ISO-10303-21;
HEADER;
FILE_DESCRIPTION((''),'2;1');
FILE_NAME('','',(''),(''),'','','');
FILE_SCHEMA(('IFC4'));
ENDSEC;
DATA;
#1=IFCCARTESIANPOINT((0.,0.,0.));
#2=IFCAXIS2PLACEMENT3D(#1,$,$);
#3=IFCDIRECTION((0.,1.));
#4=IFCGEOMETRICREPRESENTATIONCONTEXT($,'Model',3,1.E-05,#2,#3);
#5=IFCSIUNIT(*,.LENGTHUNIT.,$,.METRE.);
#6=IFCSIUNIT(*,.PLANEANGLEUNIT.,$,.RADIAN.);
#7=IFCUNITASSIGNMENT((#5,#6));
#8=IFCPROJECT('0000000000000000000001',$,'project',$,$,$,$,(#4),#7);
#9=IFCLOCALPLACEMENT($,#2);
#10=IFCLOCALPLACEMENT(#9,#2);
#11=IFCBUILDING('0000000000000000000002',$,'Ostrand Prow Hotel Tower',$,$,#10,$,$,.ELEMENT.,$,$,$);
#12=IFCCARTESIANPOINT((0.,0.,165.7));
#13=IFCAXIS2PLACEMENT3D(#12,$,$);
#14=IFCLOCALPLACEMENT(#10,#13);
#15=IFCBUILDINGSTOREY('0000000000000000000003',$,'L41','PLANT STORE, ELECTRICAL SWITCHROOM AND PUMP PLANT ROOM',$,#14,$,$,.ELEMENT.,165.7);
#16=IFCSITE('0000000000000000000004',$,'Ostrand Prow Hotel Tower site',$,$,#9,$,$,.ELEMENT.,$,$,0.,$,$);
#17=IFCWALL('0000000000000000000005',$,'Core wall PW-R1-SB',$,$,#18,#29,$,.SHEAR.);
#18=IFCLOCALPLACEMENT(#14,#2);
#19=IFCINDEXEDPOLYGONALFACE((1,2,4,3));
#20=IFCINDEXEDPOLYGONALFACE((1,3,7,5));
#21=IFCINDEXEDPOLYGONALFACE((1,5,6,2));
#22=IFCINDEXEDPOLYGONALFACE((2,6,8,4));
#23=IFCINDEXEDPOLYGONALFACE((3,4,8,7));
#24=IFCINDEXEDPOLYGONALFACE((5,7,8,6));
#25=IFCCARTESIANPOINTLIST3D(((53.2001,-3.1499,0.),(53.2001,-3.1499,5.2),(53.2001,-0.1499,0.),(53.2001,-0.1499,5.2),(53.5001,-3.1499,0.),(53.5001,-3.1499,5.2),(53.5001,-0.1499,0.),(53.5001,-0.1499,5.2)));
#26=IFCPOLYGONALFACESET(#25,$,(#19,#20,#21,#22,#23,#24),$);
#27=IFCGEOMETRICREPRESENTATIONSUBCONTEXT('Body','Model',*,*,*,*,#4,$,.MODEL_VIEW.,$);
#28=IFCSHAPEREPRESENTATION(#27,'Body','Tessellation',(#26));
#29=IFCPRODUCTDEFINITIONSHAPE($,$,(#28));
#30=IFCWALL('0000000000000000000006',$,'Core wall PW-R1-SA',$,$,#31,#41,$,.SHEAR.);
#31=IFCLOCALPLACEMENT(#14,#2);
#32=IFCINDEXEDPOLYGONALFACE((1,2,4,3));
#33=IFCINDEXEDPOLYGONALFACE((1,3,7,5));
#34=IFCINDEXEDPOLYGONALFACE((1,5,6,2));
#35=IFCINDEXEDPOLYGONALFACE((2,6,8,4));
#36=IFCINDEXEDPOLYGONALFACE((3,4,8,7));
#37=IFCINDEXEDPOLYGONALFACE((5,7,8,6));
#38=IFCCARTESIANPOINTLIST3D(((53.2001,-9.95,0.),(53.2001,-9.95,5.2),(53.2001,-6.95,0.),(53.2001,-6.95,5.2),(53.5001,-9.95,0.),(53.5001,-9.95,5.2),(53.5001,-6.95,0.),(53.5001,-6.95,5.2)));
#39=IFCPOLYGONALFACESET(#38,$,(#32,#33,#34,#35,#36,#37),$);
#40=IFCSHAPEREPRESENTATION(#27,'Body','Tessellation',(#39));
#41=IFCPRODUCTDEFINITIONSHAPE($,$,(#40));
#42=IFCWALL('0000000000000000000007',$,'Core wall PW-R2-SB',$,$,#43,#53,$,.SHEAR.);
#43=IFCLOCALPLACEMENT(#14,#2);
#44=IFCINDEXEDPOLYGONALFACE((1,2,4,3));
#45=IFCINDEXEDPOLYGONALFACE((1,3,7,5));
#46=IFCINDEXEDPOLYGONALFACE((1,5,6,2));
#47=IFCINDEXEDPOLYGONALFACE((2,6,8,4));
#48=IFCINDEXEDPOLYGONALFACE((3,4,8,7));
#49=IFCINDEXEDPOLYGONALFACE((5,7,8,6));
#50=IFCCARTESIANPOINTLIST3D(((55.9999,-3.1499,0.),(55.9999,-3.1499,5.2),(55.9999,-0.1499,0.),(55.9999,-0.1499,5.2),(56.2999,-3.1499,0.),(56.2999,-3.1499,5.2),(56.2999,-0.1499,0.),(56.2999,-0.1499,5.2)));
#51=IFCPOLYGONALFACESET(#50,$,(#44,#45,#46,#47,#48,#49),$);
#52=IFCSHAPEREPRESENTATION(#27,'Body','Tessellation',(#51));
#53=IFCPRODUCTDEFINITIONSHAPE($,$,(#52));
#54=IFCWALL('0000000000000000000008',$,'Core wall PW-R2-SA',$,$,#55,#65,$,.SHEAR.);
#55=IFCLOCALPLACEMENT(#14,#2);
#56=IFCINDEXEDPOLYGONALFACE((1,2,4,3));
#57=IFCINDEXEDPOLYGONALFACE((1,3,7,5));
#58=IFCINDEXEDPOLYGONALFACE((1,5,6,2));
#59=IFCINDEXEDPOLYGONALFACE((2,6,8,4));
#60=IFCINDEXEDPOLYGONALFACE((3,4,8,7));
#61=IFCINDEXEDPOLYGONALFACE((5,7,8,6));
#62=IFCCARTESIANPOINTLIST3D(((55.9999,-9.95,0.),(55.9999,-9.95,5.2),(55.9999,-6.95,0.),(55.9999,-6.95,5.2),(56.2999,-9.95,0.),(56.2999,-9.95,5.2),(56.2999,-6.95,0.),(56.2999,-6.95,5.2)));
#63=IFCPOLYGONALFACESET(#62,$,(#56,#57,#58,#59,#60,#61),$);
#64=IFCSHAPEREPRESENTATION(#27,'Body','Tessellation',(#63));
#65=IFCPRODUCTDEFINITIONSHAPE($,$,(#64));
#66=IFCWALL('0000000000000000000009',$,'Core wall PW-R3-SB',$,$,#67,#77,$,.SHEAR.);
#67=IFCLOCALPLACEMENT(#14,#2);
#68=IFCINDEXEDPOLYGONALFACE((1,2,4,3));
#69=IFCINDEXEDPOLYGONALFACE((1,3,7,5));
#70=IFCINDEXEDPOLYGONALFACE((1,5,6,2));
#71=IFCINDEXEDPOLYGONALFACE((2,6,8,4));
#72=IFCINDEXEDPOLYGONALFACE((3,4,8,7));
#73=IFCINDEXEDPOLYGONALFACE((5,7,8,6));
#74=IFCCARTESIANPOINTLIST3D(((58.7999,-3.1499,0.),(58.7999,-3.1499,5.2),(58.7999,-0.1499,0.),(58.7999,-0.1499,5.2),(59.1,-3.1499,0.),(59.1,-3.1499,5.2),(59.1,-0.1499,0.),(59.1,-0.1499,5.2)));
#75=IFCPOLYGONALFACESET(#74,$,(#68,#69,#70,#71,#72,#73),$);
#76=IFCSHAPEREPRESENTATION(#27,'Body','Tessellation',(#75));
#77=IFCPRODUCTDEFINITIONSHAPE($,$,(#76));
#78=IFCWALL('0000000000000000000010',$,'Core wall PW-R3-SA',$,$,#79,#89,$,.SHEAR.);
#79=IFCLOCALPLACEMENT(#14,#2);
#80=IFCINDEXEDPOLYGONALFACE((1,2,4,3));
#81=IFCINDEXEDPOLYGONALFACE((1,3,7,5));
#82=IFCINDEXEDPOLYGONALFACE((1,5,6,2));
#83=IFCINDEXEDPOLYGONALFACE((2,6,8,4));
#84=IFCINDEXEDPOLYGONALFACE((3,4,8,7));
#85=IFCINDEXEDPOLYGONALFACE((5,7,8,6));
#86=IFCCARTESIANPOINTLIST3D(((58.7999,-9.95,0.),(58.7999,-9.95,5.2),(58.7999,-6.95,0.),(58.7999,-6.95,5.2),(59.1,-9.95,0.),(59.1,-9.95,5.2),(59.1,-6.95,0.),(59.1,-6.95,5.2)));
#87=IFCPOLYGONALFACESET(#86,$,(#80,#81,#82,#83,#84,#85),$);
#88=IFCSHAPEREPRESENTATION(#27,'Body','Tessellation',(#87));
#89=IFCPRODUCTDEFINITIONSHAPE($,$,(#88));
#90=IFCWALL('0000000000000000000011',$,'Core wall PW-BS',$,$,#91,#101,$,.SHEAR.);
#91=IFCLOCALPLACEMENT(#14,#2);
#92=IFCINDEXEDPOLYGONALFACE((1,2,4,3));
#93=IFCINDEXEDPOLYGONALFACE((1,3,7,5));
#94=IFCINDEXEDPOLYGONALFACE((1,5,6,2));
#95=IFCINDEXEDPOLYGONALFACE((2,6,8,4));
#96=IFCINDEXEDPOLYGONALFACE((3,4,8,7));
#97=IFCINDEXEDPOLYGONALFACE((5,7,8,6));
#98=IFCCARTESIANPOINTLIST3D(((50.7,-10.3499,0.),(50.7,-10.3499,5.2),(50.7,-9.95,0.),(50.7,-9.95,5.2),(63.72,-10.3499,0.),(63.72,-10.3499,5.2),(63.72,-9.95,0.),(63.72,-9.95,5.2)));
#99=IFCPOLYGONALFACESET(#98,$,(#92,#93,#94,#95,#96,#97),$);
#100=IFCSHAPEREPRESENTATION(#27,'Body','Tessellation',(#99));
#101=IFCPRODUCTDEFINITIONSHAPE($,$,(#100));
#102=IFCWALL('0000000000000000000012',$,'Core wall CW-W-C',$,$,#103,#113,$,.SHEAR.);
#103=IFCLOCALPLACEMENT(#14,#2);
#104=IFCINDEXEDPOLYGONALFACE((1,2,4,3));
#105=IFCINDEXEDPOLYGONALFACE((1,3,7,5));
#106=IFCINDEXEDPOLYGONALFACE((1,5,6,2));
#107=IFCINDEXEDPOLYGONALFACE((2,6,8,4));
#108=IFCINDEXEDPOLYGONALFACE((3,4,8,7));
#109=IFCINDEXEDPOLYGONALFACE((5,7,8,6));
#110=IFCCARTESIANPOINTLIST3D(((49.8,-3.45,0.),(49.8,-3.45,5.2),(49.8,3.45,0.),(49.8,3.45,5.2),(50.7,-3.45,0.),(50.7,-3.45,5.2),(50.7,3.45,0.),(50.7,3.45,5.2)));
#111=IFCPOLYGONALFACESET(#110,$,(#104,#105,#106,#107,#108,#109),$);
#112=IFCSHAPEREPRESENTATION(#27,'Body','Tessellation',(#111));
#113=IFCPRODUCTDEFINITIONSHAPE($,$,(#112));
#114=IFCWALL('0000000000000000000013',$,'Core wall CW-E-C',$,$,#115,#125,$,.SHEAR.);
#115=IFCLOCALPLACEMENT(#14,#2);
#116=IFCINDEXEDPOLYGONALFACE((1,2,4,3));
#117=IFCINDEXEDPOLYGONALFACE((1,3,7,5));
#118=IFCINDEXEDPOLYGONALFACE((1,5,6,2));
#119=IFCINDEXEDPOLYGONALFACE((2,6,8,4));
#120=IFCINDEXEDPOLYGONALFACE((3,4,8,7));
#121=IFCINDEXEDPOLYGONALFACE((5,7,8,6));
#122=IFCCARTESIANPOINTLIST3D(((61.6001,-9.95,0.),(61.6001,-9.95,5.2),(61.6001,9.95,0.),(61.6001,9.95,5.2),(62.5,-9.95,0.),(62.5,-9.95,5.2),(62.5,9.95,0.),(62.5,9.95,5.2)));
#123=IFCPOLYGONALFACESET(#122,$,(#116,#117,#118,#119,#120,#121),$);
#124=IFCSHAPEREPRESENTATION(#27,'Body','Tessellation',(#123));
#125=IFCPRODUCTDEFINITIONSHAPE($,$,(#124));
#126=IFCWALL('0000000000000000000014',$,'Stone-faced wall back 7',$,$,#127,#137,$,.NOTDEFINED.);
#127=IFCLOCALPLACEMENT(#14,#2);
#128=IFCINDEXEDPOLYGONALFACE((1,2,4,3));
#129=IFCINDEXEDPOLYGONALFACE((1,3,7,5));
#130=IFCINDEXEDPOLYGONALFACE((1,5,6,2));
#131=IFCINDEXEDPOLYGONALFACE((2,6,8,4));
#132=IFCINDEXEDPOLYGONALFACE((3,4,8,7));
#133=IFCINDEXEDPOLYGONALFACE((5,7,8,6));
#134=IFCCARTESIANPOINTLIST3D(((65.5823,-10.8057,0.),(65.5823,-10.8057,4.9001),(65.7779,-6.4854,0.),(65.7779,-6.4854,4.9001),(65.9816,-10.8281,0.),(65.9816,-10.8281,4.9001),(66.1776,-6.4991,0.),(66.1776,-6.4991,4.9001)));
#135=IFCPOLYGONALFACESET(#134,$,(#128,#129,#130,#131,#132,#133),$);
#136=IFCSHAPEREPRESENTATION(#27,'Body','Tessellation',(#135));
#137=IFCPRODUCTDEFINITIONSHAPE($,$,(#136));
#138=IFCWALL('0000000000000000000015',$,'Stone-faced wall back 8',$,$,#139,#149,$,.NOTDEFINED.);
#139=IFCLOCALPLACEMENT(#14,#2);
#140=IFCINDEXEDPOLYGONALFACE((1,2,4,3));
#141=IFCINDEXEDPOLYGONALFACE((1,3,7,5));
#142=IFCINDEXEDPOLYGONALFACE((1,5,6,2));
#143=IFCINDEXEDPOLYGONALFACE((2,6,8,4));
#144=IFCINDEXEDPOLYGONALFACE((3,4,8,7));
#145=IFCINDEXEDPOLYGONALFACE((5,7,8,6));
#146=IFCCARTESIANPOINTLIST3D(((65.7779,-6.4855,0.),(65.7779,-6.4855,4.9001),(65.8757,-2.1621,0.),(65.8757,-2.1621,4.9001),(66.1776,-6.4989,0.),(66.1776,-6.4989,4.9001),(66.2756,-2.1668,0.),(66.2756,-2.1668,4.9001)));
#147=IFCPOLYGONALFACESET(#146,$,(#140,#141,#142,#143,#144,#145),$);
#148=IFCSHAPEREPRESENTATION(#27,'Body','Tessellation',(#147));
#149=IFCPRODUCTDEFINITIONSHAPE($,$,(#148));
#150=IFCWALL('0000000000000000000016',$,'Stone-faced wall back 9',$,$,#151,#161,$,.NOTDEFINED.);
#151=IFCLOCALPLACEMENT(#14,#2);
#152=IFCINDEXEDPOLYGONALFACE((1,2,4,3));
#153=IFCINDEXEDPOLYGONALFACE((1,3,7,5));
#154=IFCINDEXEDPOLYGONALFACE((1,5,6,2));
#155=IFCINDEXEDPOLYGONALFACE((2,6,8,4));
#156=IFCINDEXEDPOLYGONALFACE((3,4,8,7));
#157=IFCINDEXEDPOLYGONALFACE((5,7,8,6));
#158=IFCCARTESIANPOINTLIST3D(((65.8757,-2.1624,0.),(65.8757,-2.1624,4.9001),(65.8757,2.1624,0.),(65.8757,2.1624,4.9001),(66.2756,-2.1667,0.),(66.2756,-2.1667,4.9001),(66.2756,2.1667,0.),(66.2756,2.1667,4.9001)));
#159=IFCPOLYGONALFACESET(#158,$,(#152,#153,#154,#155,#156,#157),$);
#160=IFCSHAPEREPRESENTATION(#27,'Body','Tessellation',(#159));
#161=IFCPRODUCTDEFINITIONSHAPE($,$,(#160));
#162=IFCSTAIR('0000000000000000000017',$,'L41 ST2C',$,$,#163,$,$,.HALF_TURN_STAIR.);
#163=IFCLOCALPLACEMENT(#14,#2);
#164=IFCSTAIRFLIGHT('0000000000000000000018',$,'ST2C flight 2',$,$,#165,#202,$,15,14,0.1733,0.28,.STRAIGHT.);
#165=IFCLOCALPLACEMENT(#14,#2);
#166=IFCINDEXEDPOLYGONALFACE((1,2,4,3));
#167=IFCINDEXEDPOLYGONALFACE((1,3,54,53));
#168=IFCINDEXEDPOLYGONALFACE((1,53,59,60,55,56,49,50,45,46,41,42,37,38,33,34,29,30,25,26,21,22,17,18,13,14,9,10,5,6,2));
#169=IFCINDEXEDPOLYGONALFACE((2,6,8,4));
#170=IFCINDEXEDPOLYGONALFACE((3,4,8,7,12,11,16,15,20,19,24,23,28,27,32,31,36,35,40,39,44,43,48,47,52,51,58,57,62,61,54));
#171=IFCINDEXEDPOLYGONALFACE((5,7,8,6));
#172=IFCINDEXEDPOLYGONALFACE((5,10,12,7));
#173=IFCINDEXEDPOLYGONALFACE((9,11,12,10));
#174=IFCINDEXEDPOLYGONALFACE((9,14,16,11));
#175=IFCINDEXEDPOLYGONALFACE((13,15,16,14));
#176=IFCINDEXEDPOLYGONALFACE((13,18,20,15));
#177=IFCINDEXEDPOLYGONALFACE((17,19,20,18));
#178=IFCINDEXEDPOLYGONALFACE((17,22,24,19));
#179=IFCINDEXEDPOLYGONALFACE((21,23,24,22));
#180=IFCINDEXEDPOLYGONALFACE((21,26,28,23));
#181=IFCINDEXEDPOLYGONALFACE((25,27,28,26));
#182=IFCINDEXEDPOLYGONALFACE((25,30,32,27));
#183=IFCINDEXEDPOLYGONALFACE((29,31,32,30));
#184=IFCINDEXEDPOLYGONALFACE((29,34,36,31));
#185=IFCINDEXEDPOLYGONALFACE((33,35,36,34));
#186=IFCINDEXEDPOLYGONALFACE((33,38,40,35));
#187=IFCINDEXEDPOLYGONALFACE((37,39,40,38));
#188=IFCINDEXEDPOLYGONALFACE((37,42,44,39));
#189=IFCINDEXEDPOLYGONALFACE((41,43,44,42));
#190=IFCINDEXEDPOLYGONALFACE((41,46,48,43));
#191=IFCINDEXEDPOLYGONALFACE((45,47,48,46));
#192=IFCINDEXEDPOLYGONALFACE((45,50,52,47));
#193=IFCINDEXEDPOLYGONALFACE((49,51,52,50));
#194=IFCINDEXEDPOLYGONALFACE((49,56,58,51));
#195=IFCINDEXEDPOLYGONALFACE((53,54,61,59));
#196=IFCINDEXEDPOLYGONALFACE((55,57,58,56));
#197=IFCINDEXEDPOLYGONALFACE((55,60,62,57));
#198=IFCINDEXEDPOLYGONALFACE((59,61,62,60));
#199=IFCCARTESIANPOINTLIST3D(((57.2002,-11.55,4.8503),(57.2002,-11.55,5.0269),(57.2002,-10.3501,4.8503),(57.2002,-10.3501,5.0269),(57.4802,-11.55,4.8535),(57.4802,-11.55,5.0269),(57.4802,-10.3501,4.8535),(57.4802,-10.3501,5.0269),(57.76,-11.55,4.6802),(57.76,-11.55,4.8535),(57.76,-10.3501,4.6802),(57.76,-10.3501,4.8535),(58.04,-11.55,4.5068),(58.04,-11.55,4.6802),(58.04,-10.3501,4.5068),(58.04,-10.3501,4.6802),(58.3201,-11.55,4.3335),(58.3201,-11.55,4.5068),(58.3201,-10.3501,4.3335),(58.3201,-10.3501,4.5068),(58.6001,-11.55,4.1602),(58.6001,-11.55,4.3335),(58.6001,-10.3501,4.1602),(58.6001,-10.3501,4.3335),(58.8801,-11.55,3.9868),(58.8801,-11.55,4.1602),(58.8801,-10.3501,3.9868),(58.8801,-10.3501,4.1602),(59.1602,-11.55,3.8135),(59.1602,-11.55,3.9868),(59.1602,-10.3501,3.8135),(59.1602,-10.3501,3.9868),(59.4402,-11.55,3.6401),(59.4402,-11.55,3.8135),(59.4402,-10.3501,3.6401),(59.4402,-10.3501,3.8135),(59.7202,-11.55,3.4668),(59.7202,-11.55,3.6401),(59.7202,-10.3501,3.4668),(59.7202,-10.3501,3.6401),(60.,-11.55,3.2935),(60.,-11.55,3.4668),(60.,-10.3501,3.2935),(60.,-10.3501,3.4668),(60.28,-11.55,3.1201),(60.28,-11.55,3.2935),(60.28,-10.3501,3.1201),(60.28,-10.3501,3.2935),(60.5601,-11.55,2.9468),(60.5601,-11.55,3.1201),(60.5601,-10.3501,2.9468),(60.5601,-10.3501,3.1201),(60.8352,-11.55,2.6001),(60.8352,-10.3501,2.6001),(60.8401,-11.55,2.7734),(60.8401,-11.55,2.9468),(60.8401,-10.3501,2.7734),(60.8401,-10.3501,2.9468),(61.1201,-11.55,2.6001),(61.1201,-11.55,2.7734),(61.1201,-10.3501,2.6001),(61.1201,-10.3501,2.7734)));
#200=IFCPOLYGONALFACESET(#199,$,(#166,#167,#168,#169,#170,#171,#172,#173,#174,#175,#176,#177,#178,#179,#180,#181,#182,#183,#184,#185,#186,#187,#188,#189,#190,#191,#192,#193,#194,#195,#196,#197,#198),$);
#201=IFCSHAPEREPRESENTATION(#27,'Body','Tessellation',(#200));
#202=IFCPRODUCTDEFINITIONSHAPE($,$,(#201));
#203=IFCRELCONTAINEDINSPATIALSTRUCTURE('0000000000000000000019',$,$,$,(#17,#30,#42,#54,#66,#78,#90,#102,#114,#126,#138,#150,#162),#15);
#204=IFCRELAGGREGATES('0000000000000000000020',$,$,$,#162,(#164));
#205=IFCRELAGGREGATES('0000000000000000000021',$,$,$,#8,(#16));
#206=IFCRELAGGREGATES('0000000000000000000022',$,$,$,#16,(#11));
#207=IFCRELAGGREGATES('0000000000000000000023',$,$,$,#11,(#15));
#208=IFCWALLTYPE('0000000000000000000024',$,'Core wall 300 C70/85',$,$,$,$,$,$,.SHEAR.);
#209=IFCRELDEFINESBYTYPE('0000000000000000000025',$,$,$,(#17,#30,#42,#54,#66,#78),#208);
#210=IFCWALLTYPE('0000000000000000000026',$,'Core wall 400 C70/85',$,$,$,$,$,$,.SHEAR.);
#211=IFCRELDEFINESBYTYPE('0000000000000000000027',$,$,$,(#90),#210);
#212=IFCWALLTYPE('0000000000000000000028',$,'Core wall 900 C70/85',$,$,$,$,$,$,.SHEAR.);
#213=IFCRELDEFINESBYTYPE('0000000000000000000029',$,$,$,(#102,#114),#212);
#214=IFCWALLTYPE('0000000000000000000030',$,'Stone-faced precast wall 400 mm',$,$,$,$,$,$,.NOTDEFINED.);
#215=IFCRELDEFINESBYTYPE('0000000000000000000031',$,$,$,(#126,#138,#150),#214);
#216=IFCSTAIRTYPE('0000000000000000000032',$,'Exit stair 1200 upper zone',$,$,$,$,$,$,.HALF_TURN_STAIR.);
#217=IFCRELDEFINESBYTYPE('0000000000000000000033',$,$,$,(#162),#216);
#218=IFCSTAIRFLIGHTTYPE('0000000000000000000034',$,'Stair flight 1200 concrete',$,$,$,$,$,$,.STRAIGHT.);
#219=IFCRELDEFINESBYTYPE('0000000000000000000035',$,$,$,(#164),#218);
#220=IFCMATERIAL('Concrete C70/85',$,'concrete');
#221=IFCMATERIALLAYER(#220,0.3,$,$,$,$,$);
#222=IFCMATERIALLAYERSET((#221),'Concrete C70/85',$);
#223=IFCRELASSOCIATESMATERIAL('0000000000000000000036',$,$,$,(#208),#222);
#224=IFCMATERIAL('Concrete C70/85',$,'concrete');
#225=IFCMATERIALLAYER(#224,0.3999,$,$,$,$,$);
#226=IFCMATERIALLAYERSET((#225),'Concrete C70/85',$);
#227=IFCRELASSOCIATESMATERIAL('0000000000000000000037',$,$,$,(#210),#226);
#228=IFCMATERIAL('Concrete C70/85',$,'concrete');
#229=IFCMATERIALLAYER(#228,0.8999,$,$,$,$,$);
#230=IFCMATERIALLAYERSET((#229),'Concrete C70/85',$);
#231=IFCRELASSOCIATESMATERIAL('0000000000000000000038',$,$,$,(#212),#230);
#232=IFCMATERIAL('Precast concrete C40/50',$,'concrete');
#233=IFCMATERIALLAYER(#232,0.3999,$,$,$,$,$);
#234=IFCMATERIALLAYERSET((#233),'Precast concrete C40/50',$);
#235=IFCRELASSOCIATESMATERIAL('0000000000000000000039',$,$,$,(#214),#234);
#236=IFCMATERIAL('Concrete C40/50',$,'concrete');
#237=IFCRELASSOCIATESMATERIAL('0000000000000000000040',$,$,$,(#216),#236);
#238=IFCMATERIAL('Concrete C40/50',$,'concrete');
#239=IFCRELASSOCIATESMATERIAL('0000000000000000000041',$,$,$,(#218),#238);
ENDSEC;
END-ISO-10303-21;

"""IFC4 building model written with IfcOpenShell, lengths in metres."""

from ifc_helpers import new_model, si_unit, direction, frame, frame_2d, origin, place, context, subcontext, project, spatial, polyline, rectangle, outline, extrude, material, layer, layer_set, type_object, element, aggregate, save


model = new_model("IFC4")

# Units and contexts
model_context = context("Model", 3, precision=1e-05, world=origin(), true_north=direction((0.0, 1.0)))
body_context = subcontext(model_context, "Body", "Model", "MODEL_VIEW")
ifc_project = project(units=[si_unit("LENGTHUNIT", "METRE"), si_unit("PLANEANGLEUNIT", "RADIAN")], contexts=[model_context])

# Site, building, storey
site_placement = place(None, origin())
site = spatial("IfcSite", under=ifc_project, at=site_placement, Name="Ostrand Prow Hotel Tower site", CompositionType="ELEMENT", RefElevation=0.0)
building_placement = place(site_placement, origin())
building = spatial("IfcBuilding", under=site, at=building_placement, Name="Ostrand Prow Hotel Tower", CompositionType="ELEMENT")
storey_placement = place(building_placement, frame((0.0, 0.0, 165.7)))
storey = spatial("IfcBuildingStorey", under=building, at=storey_placement, Name="L41", Description="PLANT STORE, ELECTRICAL SWITCHROOM AND PUMP PLANT ROOM", CompositionType="ELEMENT", Elevation=165.7)

# Shared definitions
ifc_material_1 = material(Name="Concrete C70/85", Category="concrete")
ifc_layer_1 = layer(ifc_material_1, 0.3)
ifc_layer_set_1 = layer_set([ifc_layer_1], Name="Concrete C70/85")
wall_type_1 = type_object("IfcWallType", Name="Core wall 300 C70/85", PredefinedType="SHEAR", material=ifc_layer_set_1)

# Walls
for number, where, z_axis, x_axis, name in (
    (1, (53.3501, -3.1499, 0.0), (0.0, 0.0, 1.0), (0.0, 1.0, 0.0), "Core wall PW-R1-SB"),
    (2, (53.3501, -9.95, 0.0), (0.0, 0.0, 1.0), (0.0, 1.0, 0.0), "Core wall PW-R1-SA"),
    (3, (56.1499, -3.1499, 0.0), (0.0, 0.0, 1.0), (0.0, 1.0, 0.0), "Core wall PW-R2-SB"),
    (4, (56.1499, -9.95, 0.0), (0.0, 0.0, 1.0), (0.0, 1.0, 0.0), "Core wall PW-R2-SA"),
    (5, (58.95, -3.1499, 0.0), (0.0, 0.0, 1.0), (0.0, 1.0, 0.0), "Core wall PW-R3-SB"),
    (6, (58.95, -9.95, 0.0), (0.0, 0.0, 1.0), (0.0, 1.0, 0.0), "Core wall PW-R3-SA"),
):
    element("IfcWall", number, at=place(storey_placement, frame(where, z_axis=z_axis, x_axis=x_axis)), inside=storey, type_object=wall_type_1, Name=name, PredefinedType="SHEAR", context=body_context, shape_type="SweptSolid", body=[
        extrude(rectangle(XDim=3.0, YDim=0.3, at=frame_2d((1.5, 0.0))), origin(), (0.0, 0.0, 1.0), 5.2),
    ])
ifc_material_2 = material(Name="Concrete C70/85", Category="concrete")
ifc_layer_2 = layer(ifc_material_2, 0.3999)
ifc_layer_set_2 = layer_set([ifc_layer_2], Name="Concrete C70/85")
wall_type_2 = type_object("IfcWallType", Name="Core wall 400 C70/85", PredefinedType="SHEAR", material=ifc_layer_set_2)
wall_1_placement = place(storey_placement, frame((50.7, -10.1499, 0.0), z_axis=(0.0, 0.0, 1.0), x_axis=(1.0, 0.0, 0.0)))
element("IfcWall", 7, at=wall_1_placement, inside=storey, type_object=wall_type_2, Name="Core wall PW-BS", PredefinedType="SHEAR", context=body_context, shape_type="SweptSolid", body=[
    extrude(rectangle(XDim=13.02, YDim=0.3999, at=frame_2d((6.51, 0.0))), origin(), (0.0, 0.0, 1.0), 5.2),
])
ifc_material_3 = material(Name="Concrete C70/85", Category="concrete")
ifc_layer_3 = layer(ifc_material_3, 0.8999)
ifc_layer_set_3 = layer_set([ifc_layer_3], Name="Concrete C70/85")
wall_type_3 = type_object("IfcWallType", Name="Core wall 900 C70/85", PredefinedType="SHEAR", material=ifc_layer_set_3)
wall_2_placement = place(storey_placement, frame((50.25, -3.45, 0.0), z_axis=(0.0, 0.0, 1.0), x_axis=(0.0, 1.0, 0.0)))
element("IfcWall", 8, at=wall_2_placement, inside=storey, type_object=wall_type_3, Name="Core wall CW-W-C", PredefinedType="SHEAR", context=body_context, shape_type="SweptSolid", body=[
    extrude(rectangle(XDim=6.8999, YDim=0.8999, at=frame_2d((3.45, 0.0))), origin(), (0.0, 0.0, 1.0), 5.2),
])
wall_3_placement = place(storey_placement, frame((62.05, -9.95, 0.0), z_axis=(0.0, 0.0, 1.0), x_axis=(0.0, 1.0, 0.0)))
element("IfcWall", 9, at=wall_3_placement, inside=storey, type_object=wall_type_3, Name="Core wall CW-E-C", PredefinedType="SHEAR", context=body_context, shape_type="SweptSolid", body=[
    extrude(rectangle(XDim=19.8999, YDim=0.8999, at=frame_2d((9.95, 0.0))), origin(), (0.0, 0.0, 1.0), 5.2),
])
ifc_material_4 = material(Name="Precast concrete C40/50", Category="concrete")
ifc_layer_4 = layer(ifc_material_4, 0.3999)
ifc_layer_set_4 = layer_set([ifc_layer_4], Name="Precast concrete C40/50")
wall_type_4 = type_object("IfcWallType", Name="Stone-faced precast wall 400 mm", PredefinedType="NOTDEFINED", material=ifc_layer_set_4)
wall_4_placement = place(storey_placement, frame((65.782, -10.8169, 0.0), z_axis=(0.0, 0.0, 1.0), x_axis=(0.045229, 0.998977, 0.0)))
element("IfcWall", 10, at=wall_4_placement, inside=storey, type_object=wall_type_4, Name="Stone-faced wall back 7", PredefinedType="NOTDEFINED", context=body_context, shape_type="SweptSolid", body=[
    extrude(outline(polyline([(-0.0022, -0.2), (4.3313, -0.2), (4.3269, 0.2), (0.0022, 0.2), (-0.0022, -0.2)])), origin(), (0.0, 0.0, 1.0), 4.9001),
])
wall_5_placement = place(storey_placement, frame((65.9778, -6.4922, 0.0), z_axis=(0.0, 0.0, 1.0), x_axis=(0.022616, 0.999744, 0.0)))
element("IfcWall", 11, at=wall_5_placement, inside=storey, type_object=wall_type_4, Name="Stone-faced wall back 8", PredefinedType="NOTDEFINED", context=body_context, shape_type="SweptSolid", body=[
    extrude(outline(polyline([(-0.0022, -0.2), (4.3311, -0.2), (4.3267, 0.2), (0.0022, 0.2), (-0.0022, -0.2)])), origin(), (0.0, 0.0, 1.0), 4.9001),
])
wall_6_placement = place(storey_placement, frame((66.0757, -2.1646, 0.0), z_axis=(0.0, 0.0, 1.0), x_axis=(0.0, 1.0, 0.0)))
element("IfcWall", 12, at=wall_6_placement, inside=storey, type_object=wall_type_4, Name="Stone-faced wall back 9", PredefinedType="NOTDEFINED", context=body_context, shape_type="SweptSolid", body=[
    extrude(outline(polyline([(-0.0022, -0.2), (4.3313, -0.2), (4.3269, 0.2), (0.0022, 0.2), (-0.0022, -0.2)])), origin(), (0.0, 0.0, 1.0), 4.9001),
])

# Stair, stair flight
ifc_material_5 = material(Name="Concrete C40/50", Category="concrete")
stair_type = type_object("IfcStairType", Name="Exit stair 1200 upper zone", PredefinedType="HALF_TURN_STAIR", material=ifc_material_5)
stair_placement = place(storey_placement, origin())
stair = element("IfcStair", 13, at=stair_placement, inside=storey, type_object=stair_type, Name="L41 ST2C", PredefinedType="HALF_TURN_STAIR")
ifc_material_6 = material(Name="Concrete C40/50", Category="concrete")
stair_flight_type = type_object("IfcStairFlightType", Name="Stair flight 1200 concrete", PredefinedType="STRAIGHT", material=ifc_material_6)
stair_flight_placement = place(storey_placement, frame((61.1201, -10.95, 2.6001), z_axis=(0.0, 0.0, 1.0), x_axis=(-1.0, 0.0, 0.0)))
stair_flight = element("IfcStairFlight", 14, at=stair_flight_placement, type_object=stair_flight_type, Name="ST2C flight 2", NumberOfRisers=15, NumberOfTreads=14, PredefinedType="STRAIGHT", RiserHeight=0.1733, TreadLength=0.28, context=body_context, shape_type="SweptSolid", body=[
    extrude(outline(polyline([(0.0, 0.0), (0.0, 0.1733), (0.28, 0.1733), (0.28, 0.3467), (0.5601, 0.3467), (0.5601, 0.52), (0.8401, 0.52), (0.8401, 0.6934), (1.1201, 0.6934), (1.1201, 0.8667), (1.3999, 0.8667), (1.3999, 1.04), (1.6799, 1.04), (1.6799, 1.2134), (1.96, 1.2134), (1.96, 1.3867), (2.24, 1.3867), (2.24, 1.5601), (2.52, 1.5601), (2.52, 1.7334), (2.8, 1.7334), (2.8, 1.9067), (3.0801, 1.9067), (3.0801, 2.0801), (3.3601, 2.0801), (3.3601, 2.2534), (3.6399, 2.2534), (3.6399, 2.4268), (3.9199, 2.4268), (3.9199, 2.6001), (3.9199, 2.2502), (0.2849, 0.0), (0.0, 0.0)])), frame((0.0, 0.6001, 0.0), z_axis=(0.0, -1.0, 0.0), x_axis=(1.0, 0.0, 0.0)), (0.0, 0.0, 1.0), 1.2),
])
aggregate(stair, [stair_flight])

save(model, "model.ifc")
